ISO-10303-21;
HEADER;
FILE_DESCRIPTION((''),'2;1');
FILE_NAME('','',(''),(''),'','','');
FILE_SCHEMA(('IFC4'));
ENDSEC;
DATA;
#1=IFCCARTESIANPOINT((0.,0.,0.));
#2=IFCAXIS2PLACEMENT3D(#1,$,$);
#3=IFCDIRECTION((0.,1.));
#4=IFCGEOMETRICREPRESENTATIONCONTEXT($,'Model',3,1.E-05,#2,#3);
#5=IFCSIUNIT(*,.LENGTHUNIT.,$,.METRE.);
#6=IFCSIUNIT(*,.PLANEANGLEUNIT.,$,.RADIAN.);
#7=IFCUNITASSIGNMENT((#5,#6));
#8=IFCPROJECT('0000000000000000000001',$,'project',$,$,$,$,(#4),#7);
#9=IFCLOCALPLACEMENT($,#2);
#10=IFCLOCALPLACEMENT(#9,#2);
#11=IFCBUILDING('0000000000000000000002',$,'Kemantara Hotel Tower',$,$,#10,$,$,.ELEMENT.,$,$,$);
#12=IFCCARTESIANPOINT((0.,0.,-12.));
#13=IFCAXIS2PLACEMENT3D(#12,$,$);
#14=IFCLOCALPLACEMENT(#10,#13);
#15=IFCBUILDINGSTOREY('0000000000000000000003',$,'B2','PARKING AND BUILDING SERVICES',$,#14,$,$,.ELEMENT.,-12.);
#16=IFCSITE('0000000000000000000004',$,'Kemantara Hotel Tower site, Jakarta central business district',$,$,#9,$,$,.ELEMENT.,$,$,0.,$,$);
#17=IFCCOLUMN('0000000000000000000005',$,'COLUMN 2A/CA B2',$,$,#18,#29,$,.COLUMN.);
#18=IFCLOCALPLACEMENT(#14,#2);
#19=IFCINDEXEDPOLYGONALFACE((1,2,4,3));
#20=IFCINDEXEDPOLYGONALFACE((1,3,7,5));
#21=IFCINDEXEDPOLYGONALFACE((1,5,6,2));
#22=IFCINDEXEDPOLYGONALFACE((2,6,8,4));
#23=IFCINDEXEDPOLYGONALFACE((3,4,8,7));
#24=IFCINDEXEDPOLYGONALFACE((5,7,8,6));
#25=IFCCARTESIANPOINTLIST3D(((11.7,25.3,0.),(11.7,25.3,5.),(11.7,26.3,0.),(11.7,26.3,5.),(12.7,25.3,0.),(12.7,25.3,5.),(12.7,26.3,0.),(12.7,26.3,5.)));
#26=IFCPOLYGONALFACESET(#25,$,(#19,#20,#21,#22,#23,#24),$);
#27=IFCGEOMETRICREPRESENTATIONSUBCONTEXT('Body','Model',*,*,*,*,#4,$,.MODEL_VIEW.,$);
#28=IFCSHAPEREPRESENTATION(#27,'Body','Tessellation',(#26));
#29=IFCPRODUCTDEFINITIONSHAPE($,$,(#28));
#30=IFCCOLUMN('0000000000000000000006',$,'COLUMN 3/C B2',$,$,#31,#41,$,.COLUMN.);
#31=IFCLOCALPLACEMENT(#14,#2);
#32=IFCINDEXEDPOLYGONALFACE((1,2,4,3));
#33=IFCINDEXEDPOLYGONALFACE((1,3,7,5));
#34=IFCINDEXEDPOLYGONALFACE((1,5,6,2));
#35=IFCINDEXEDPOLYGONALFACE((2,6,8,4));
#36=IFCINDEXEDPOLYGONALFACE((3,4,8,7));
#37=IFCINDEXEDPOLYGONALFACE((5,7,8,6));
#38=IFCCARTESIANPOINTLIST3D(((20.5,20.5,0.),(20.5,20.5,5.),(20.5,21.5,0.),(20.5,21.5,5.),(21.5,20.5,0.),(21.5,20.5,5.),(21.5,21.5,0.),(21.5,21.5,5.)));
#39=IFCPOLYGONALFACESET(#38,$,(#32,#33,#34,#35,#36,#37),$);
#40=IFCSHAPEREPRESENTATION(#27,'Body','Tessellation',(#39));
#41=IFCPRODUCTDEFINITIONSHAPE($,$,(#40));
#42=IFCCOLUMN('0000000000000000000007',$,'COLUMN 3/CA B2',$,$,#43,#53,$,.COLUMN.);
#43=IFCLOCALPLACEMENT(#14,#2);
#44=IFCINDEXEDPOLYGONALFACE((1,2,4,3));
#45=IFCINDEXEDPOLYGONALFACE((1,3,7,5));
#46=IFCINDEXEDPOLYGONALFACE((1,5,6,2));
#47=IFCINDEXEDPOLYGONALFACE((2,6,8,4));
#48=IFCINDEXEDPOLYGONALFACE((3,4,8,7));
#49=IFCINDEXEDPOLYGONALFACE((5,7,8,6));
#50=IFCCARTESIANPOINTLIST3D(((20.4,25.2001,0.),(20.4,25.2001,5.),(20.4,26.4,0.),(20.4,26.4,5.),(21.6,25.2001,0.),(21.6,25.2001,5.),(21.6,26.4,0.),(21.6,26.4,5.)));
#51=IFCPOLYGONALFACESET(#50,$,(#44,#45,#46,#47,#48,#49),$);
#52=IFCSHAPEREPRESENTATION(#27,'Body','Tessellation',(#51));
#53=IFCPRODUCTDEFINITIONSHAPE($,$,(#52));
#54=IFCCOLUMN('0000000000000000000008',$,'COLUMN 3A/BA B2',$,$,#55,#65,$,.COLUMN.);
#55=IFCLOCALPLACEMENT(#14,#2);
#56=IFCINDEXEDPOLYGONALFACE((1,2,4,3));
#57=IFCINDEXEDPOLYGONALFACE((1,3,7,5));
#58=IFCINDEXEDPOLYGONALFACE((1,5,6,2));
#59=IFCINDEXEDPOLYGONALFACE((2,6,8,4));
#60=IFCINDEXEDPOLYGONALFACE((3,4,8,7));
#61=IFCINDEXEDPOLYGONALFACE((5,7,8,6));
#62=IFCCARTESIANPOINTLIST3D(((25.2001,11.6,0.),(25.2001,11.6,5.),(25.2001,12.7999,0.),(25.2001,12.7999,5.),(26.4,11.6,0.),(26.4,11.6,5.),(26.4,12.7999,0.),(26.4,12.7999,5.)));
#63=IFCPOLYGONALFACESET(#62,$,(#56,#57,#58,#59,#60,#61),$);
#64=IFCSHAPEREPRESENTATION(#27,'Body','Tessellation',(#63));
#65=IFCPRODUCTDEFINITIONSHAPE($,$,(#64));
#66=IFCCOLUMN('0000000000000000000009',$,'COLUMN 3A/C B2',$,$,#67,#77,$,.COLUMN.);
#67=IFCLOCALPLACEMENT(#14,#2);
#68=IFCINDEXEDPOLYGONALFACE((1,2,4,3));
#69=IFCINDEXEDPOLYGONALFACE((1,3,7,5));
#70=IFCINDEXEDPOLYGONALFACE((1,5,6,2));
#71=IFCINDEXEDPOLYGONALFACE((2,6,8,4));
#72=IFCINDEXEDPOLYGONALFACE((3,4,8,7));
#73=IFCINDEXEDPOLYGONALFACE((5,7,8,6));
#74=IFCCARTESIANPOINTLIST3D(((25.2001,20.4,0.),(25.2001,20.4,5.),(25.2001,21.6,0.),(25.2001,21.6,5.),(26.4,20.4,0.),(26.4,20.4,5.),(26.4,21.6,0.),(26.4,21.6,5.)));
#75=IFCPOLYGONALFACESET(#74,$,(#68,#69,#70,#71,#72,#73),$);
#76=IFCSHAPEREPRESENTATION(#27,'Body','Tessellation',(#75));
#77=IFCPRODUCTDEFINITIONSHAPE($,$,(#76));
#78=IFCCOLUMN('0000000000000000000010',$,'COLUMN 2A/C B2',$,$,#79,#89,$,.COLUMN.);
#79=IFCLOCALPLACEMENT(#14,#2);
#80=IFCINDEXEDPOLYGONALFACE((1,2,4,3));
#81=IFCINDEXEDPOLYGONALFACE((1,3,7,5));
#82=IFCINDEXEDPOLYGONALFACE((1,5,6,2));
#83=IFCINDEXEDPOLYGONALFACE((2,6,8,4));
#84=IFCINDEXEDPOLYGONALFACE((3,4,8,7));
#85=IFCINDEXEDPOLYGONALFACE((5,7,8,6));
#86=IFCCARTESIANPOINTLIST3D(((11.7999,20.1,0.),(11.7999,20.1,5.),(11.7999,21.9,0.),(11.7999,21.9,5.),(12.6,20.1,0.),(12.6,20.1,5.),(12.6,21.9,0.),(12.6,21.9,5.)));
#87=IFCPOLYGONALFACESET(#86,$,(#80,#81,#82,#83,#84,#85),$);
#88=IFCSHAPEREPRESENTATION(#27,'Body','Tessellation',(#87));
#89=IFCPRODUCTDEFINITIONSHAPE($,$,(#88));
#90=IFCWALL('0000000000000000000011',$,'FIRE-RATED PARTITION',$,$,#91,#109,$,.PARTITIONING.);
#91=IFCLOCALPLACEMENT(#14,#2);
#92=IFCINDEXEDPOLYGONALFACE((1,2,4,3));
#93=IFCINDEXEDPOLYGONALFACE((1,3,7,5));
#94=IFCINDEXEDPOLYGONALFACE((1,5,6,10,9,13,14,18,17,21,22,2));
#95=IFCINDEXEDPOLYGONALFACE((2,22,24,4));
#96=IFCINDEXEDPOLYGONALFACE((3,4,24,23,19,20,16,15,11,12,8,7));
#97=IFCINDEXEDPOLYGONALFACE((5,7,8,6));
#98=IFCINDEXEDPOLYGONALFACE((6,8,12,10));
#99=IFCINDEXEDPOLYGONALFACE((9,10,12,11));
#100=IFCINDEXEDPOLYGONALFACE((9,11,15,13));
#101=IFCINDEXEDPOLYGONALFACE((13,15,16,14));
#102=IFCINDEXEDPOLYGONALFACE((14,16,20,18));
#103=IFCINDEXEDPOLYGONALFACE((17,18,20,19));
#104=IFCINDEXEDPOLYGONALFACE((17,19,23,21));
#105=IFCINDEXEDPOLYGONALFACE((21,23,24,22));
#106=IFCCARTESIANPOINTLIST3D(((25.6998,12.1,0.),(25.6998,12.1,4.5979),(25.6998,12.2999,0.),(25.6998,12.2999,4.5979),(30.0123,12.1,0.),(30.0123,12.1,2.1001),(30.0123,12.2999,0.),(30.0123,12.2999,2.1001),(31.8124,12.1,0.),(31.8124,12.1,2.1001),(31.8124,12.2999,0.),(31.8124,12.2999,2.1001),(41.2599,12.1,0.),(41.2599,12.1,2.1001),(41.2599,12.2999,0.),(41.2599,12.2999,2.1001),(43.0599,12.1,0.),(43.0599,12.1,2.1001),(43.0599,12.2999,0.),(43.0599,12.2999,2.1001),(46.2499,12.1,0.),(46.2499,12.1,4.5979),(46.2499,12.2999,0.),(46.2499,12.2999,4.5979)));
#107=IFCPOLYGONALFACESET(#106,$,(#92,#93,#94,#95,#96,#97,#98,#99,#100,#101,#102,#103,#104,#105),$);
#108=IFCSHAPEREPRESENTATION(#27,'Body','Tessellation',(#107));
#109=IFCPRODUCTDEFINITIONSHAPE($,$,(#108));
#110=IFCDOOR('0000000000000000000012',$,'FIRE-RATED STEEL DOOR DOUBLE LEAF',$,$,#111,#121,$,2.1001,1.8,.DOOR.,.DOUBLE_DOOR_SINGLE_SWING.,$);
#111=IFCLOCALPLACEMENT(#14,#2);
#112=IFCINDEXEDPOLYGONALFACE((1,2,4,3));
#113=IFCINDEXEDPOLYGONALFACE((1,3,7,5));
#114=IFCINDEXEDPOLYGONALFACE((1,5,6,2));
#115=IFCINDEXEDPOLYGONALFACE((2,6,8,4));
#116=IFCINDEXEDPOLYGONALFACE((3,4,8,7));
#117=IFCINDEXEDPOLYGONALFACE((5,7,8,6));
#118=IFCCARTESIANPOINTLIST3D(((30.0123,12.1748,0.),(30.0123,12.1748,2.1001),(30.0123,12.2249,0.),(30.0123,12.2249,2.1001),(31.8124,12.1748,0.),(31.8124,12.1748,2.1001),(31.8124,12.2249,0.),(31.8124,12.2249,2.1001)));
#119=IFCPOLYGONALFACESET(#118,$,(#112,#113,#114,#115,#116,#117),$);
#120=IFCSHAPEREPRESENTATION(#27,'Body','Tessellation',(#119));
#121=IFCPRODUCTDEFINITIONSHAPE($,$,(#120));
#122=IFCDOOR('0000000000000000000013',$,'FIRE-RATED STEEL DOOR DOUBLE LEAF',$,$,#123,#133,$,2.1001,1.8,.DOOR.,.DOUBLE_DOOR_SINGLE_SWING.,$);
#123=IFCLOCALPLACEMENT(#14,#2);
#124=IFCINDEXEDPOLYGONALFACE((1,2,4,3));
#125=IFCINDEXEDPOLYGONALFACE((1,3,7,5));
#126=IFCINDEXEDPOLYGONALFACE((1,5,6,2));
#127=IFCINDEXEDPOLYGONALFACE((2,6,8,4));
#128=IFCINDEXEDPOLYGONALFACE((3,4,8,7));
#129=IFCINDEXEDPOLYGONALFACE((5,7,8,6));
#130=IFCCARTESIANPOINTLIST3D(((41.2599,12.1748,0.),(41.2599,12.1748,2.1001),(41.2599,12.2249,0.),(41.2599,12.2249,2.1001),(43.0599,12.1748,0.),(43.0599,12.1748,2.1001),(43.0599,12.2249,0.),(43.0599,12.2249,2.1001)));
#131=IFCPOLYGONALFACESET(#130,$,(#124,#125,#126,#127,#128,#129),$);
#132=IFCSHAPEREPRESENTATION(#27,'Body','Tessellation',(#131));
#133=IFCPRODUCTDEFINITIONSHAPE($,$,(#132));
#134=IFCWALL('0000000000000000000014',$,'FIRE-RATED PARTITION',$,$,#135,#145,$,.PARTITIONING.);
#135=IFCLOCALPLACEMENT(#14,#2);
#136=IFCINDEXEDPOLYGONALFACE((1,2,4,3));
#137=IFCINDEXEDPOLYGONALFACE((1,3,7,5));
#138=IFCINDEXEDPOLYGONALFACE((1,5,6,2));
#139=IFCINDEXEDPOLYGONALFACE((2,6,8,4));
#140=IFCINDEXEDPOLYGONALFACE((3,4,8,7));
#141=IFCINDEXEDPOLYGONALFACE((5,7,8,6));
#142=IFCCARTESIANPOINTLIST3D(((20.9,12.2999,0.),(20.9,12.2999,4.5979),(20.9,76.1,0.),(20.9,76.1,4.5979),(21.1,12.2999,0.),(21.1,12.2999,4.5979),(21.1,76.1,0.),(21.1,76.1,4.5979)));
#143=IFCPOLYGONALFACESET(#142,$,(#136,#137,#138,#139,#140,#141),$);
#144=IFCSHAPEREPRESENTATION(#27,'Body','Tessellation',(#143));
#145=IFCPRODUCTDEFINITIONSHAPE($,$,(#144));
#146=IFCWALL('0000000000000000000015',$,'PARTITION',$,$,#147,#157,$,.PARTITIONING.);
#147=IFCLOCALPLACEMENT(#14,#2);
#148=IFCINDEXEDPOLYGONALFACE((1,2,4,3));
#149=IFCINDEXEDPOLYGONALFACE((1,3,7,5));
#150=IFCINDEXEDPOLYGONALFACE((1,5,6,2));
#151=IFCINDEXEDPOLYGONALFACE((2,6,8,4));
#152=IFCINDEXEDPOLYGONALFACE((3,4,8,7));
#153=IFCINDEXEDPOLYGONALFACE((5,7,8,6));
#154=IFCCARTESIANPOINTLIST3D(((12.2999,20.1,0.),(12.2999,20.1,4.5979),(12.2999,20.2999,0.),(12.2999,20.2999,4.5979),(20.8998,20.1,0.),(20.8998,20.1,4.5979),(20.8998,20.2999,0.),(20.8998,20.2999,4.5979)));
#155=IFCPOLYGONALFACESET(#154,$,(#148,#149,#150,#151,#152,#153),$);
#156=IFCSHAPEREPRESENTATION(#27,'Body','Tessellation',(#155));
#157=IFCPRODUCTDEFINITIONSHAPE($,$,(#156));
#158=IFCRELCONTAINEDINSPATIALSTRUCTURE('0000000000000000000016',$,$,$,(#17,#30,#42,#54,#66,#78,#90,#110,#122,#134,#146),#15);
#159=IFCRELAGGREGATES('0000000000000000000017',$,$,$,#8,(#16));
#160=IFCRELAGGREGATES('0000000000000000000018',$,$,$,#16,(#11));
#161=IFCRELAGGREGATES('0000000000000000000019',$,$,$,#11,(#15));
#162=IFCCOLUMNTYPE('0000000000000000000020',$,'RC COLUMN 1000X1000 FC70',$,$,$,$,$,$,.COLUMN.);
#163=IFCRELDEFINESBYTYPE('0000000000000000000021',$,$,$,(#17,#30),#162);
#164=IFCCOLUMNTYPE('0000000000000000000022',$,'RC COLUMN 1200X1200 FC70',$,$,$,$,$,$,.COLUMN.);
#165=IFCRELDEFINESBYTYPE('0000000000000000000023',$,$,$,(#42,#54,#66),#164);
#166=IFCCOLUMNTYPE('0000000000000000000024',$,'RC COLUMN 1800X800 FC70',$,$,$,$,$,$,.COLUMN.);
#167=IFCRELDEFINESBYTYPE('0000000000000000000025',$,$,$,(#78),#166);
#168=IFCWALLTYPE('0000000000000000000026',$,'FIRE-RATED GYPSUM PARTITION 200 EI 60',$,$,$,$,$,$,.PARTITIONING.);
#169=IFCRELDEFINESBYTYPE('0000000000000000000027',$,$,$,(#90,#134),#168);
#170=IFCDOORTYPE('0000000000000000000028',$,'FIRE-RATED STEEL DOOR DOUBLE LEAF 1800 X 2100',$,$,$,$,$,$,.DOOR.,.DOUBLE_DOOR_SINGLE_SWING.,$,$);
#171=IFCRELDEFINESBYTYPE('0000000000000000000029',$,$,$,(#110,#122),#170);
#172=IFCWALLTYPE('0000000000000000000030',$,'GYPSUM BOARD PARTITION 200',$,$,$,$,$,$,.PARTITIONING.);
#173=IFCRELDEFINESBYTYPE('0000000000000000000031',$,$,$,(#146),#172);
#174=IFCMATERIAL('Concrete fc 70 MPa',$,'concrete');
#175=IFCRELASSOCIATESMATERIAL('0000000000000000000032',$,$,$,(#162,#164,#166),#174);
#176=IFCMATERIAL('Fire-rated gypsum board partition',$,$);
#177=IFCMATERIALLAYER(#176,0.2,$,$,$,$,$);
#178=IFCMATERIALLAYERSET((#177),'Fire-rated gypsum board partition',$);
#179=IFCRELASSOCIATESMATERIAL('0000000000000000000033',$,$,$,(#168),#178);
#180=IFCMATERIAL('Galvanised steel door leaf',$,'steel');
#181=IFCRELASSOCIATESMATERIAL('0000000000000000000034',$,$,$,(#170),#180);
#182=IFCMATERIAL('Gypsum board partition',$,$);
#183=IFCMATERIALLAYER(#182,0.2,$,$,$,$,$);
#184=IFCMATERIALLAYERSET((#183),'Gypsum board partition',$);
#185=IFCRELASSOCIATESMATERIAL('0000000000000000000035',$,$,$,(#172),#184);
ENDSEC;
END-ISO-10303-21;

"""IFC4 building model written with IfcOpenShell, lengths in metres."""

from ifc_helpers import new_model, si_unit, direction, frame, frame_2d, origin, origin_2d, place, context, subcontext, project, spatial, rectangle, extrude, material, layer, layer_set, material_profile, profile_set, type_object, element, fill, save


model = new_model("IFC4")

# Units and contexts
model_context = context("Model", 3, precision=1e-05, world=origin(), true_north=direction((0.0, 1.0)))
body_context = subcontext(model_context, "Body", "Model", "MODEL_VIEW")
ifc_project = project(units=[si_unit("LENGTHUNIT", "METRE"), si_unit("PLANEANGLEUNIT", "RADIAN")], contexts=[model_context])

# Site, building, storey
site_placement = place(None, origin())
site = spatial("IfcSite", under=ifc_project, at=site_placement, Name="Kemantara Hotel Tower site, Jakarta central business district", CompositionType="ELEMENT", RefElevation=0.0)
building_placement = place(site_placement, origin())
building = spatial("IfcBuilding", under=site, at=building_placement, Name="Kemantara Hotel Tower", CompositionType="ELEMENT")
storey_placement = place(building_placement, frame((0.0, 0.0, -12.0)))
storey = spatial("IfcBuildingStorey", under=building, at=storey_placement, Name="B2", Description="PARKING AND BUILDING SERVICES", CompositionType="ELEMENT", Elevation=-12.0)

# Columns
ifc_material_1 = material(Name="Concrete fc 70 MPa", Category="concrete")
ifc_material_profile_1 = material_profile(ifc_material_1, rectangle(XDim=1.0, YDim=1.0, at=origin_2d()), Name="RC 1000X1000")
ifc_profile_set_1 = profile_set([ifc_material_profile_1], Name="Concrete fc 70 MPa")
column_type_1 = type_object("IfcColumnType", Name="RC COLUMN 1000X1000 FC70", PredefinedType="COLUMN", material=ifc_profile_set_1)
for number, where, z_axis, x_axis, name in (
    (1, (12.2, 25.8, 0.0), (0.0, 0.0, 1.0), (1.0, 0.0, 0.0), "COLUMN 2A/CA B2"),
    (2, (21.0, 21.0, 0.0), (0.0, 0.0, 1.0), (1.0, 0.0, 0.0), "COLUMN 3/C B2"),
):
    element("IfcColumn", number, at=place(storey_placement, frame(where, z_axis=z_axis, x_axis=x_axis)), inside=storey, type_object=column_type_1, Name=name, PredefinedType="COLUMN", context=body_context, shape_type="SweptSolid", body=[
        extrude(rectangle(XDim=1.0, YDim=1.0, at=origin_2d()), origin(), (0.0, 0.0, 1.0), 5.0),
    ])
ifc_material_profile_2 = material_profile(ifc_material_1, rectangle(XDim=1.2, YDim=1.2, at=origin_2d()), Name="RC 1200X1200")
ifc_profile_set_2 = profile_set([ifc_material_profile_2], Name="Concrete fc 70 MPa")
column_type_2 = type_object("IfcColumnType", Name="RC COLUMN 1200X1200 FC70", PredefinedType="COLUMN", material=ifc_profile_set_2)
for number, where, z_axis, x_axis, name in (
    (3, (21.0, 25.8, 0.0), (0.0, 0.0, 1.0), (1.0, 0.0, 0.0), "COLUMN 3/CA B2"),
    (4, (25.8, 12.2, 0.0), (0.0, 0.0, 1.0), (1.0, 0.0, 0.0), "COLUMN 3A/BA B2"),
    (5, (25.8, 21.0, 0.0), (0.0, 0.0, 1.0), (1.0, 0.0, 0.0), "COLUMN 3A/C B2"),
):
    element("IfcColumn", number, at=place(storey_placement, frame(where, z_axis=z_axis, x_axis=x_axis)), inside=storey, type_object=column_type_2, Name=name, PredefinedType="COLUMN", context=body_context, shape_type="SweptSolid", body=[
        extrude(rectangle(XDim=1.2, YDim=1.2, at=origin_2d()), origin(), (0.0, 0.0, 1.0), 5.0),
    ])
ifc_material_profile_3 = material_profile(ifc_material_1, rectangle(XDim=1.8, YDim=0.8, at=origin_2d()), Name="RC 1800X800")
ifc_profile_set_3 = profile_set([ifc_material_profile_3], Name="Concrete fc 70 MPa")
column_type_3 = type_object("IfcColumnType", Name="RC COLUMN 1800X800 FC70", PredefinedType="COLUMN", material=ifc_profile_set_3)
column_placement = place(storey_placement, frame((12.2, 21.0, 0.0), z_axis=(0.0, 0.0, 1.0), x_axis=(0.0, 1.0, 0.0)))
element("IfcColumn", 6, at=column_placement, inside=storey, type_object=column_type_3, Name="COLUMN 2A/C B2", PredefinedType="COLUMN", context=body_context, shape_type="SweptSolid", body=[
    extrude(rectangle(XDim=1.8, YDim=0.8, at=origin_2d()), origin(), (0.0, 0.0, 1.0), 5.0),
])

# Wall, openings, doors
ifc_material_2 = material(Name="Fire-rated gypsum board partition")
ifc_layer_1 = layer(ifc_material_2, 0.2)
ifc_layer_set_1 = layer_set([ifc_layer_1], Name="Fire-rated gypsum board partition")
wall_type_1 = type_object("IfcWallType", Name="FIRE-RATED GYPSUM PARTITION 200 EI 60", PredefinedType="PARTITIONING", material=ifc_layer_set_1)
wall_1_placement = place(storey_placement, frame((25.7, 12.2, 0.0), z_axis=(0.0, 0.0, 1.0), x_axis=(1.0, 0.0, 0.0)))
wall_1 = element("IfcWall", 7, at=wall_1_placement, inside=storey, type_object=wall_type_1, Name="FIRE-RATED PARTITION", PredefinedType="PARTITIONING", context=body_context, shape_type="SweptSolid", body=[
    extrude(rectangle(XDim=20.55, YDim=0.2, at=frame_2d((10.2749, 0.0))), origin(), (0.0, 0.0, 1.0), 4.5979),
])
opening_1_placement = place(wall_1_placement, frame((4.3125, 0.0, 0.0)))
opening_1 = element("IfcOpeningElement", 8, at=opening_1_placement, cuts=wall_1, PredefinedType="OPENING", context=body_context, shape_type="SweptSolid", body=[
    extrude(rectangle(XDim=1.8, YDim=2.1001, at=frame_2d((0.8999, 1.05))), frame((0.0, 0.1099, 0.0), z_axis=(0.0, -1.0, 0.0), x_axis=(1.0, 0.0, 0.0)), (0.0, 0.0, 1.0), 0.22),
])
opening_2_placement = place(wall_1_placement, frame((15.5601, 0.0, 0.0)))
opening_2 = element("IfcOpeningElement", 9, at=opening_2_placement, cuts=wall_1, PredefinedType="OPENING", context=body_context, shape_type="SweptSolid", body=[
    extrude(rectangle(XDim=1.8, YDim=2.1001, at=frame_2d((0.8999, 1.05))), frame((0.0, 0.1099, 0.0), z_axis=(0.0, -1.0, 0.0), x_axis=(1.0, 0.0, 0.0)), (0.0, 0.0, 1.0), 0.22),
])
ifc_material_3 = material(Name="Galvanised steel door leaf", Category="steel")
door_type = type_object("IfcDoorType", Name="FIRE-RATED STEEL DOOR DOUBLE LEAF 1800 X 2100", OperationType="DOUBLE_DOOR_SINGLE_SWING", PredefinedType="DOOR", material=ifc_material_3)
door_1_placement = place(opening_1_placement, origin())
door_1 = element("IfcDoor", 10, at=door_1_placement, inside=storey, type_object=door_type, Name="FIRE-RATED STEEL DOOR DOUBLE LEAF", OperationType="DOUBLE_DOOR_SINGLE_SWING", OverallHeight=2.1001, OverallWidth=1.8, PredefinedType="DOOR", context=body_context, shape_type="SweptSolid", body=[
    extrude(rectangle(XDim=1.8, YDim=2.1001, at=frame_2d((0.8999, 1.05))), frame((0.0, 0.0249, 0.0), z_axis=(0.0, -1.0, 0.0), x_axis=(1.0, 0.0, 0.0)), (0.0, 0.0, 1.0), 0.05),
])
fill(opening_1, door_1)
door_2_placement = place(opening_2_placement, origin())
door_2 = element("IfcDoor", 11, at=door_2_placement, inside=storey, type_object=door_type, Name="FIRE-RATED STEEL DOOR DOUBLE LEAF", OperationType="DOUBLE_DOOR_SINGLE_SWING", OverallHeight=2.1001, OverallWidth=1.8, PredefinedType="DOOR", context=body_context, shape_type="SweptSolid", body=[
    extrude(rectangle(XDim=1.8, YDim=2.1001, at=frame_2d((0.8999, 1.05))), frame((0.0, 0.0249, 0.0), z_axis=(0.0, -1.0, 0.0), x_axis=(1.0, 0.0, 0.0)), (0.0, 0.0, 1.0), 0.05),
])
fill(opening_2, door_2)

# Walls
wall_2_placement = place(storey_placement, frame((21.0, 12.3, 0.0), z_axis=(0.0, 0.0, 1.0), x_axis=(0.0, 1.0, 0.0)))
element("IfcWall", 12, at=wall_2_placement, inside=storey, type_object=wall_type_1, Name="FIRE-RATED PARTITION", PredefinedType="PARTITIONING", context=body_context, shape_type="SweptSolid", body=[
    extrude(rectangle(XDim=63.8, YDim=0.2, at=frame_2d((31.8999, 0.0))), origin(), (0.0, 0.0, 1.0), 4.5979),
])
ifc_material_4 = material(Name="Gypsum board partition")
ifc_layer_2 = layer(ifc_material_4, 0.2)
ifc_layer_set_2 = layer_set([ifc_layer_2], Name="Gypsum board partition")
wall_type_2 = type_object("IfcWallType", Name="GYPSUM BOARD PARTITION 200", PredefinedType="PARTITIONING", material=ifc_layer_set_2)
wall_3_placement = place(storey_placement, frame((12.3, 20.2, 0.0), z_axis=(0.0, 0.0, 1.0), x_axis=(1.0, 0.0, 0.0)))
element("IfcWall", 13, at=wall_3_placement, inside=storey, type_object=wall_type_2, Name="PARTITION", PredefinedType="PARTITIONING", context=body_context, shape_type="SweptSolid", body=[
    extrude(rectangle(XDim=8.5999, YDim=0.2, at=frame_2d((4.2998, 0.0))), origin(), (0.0, 0.0, 1.0), 4.5979),
])

save(model, "model.ifc")
